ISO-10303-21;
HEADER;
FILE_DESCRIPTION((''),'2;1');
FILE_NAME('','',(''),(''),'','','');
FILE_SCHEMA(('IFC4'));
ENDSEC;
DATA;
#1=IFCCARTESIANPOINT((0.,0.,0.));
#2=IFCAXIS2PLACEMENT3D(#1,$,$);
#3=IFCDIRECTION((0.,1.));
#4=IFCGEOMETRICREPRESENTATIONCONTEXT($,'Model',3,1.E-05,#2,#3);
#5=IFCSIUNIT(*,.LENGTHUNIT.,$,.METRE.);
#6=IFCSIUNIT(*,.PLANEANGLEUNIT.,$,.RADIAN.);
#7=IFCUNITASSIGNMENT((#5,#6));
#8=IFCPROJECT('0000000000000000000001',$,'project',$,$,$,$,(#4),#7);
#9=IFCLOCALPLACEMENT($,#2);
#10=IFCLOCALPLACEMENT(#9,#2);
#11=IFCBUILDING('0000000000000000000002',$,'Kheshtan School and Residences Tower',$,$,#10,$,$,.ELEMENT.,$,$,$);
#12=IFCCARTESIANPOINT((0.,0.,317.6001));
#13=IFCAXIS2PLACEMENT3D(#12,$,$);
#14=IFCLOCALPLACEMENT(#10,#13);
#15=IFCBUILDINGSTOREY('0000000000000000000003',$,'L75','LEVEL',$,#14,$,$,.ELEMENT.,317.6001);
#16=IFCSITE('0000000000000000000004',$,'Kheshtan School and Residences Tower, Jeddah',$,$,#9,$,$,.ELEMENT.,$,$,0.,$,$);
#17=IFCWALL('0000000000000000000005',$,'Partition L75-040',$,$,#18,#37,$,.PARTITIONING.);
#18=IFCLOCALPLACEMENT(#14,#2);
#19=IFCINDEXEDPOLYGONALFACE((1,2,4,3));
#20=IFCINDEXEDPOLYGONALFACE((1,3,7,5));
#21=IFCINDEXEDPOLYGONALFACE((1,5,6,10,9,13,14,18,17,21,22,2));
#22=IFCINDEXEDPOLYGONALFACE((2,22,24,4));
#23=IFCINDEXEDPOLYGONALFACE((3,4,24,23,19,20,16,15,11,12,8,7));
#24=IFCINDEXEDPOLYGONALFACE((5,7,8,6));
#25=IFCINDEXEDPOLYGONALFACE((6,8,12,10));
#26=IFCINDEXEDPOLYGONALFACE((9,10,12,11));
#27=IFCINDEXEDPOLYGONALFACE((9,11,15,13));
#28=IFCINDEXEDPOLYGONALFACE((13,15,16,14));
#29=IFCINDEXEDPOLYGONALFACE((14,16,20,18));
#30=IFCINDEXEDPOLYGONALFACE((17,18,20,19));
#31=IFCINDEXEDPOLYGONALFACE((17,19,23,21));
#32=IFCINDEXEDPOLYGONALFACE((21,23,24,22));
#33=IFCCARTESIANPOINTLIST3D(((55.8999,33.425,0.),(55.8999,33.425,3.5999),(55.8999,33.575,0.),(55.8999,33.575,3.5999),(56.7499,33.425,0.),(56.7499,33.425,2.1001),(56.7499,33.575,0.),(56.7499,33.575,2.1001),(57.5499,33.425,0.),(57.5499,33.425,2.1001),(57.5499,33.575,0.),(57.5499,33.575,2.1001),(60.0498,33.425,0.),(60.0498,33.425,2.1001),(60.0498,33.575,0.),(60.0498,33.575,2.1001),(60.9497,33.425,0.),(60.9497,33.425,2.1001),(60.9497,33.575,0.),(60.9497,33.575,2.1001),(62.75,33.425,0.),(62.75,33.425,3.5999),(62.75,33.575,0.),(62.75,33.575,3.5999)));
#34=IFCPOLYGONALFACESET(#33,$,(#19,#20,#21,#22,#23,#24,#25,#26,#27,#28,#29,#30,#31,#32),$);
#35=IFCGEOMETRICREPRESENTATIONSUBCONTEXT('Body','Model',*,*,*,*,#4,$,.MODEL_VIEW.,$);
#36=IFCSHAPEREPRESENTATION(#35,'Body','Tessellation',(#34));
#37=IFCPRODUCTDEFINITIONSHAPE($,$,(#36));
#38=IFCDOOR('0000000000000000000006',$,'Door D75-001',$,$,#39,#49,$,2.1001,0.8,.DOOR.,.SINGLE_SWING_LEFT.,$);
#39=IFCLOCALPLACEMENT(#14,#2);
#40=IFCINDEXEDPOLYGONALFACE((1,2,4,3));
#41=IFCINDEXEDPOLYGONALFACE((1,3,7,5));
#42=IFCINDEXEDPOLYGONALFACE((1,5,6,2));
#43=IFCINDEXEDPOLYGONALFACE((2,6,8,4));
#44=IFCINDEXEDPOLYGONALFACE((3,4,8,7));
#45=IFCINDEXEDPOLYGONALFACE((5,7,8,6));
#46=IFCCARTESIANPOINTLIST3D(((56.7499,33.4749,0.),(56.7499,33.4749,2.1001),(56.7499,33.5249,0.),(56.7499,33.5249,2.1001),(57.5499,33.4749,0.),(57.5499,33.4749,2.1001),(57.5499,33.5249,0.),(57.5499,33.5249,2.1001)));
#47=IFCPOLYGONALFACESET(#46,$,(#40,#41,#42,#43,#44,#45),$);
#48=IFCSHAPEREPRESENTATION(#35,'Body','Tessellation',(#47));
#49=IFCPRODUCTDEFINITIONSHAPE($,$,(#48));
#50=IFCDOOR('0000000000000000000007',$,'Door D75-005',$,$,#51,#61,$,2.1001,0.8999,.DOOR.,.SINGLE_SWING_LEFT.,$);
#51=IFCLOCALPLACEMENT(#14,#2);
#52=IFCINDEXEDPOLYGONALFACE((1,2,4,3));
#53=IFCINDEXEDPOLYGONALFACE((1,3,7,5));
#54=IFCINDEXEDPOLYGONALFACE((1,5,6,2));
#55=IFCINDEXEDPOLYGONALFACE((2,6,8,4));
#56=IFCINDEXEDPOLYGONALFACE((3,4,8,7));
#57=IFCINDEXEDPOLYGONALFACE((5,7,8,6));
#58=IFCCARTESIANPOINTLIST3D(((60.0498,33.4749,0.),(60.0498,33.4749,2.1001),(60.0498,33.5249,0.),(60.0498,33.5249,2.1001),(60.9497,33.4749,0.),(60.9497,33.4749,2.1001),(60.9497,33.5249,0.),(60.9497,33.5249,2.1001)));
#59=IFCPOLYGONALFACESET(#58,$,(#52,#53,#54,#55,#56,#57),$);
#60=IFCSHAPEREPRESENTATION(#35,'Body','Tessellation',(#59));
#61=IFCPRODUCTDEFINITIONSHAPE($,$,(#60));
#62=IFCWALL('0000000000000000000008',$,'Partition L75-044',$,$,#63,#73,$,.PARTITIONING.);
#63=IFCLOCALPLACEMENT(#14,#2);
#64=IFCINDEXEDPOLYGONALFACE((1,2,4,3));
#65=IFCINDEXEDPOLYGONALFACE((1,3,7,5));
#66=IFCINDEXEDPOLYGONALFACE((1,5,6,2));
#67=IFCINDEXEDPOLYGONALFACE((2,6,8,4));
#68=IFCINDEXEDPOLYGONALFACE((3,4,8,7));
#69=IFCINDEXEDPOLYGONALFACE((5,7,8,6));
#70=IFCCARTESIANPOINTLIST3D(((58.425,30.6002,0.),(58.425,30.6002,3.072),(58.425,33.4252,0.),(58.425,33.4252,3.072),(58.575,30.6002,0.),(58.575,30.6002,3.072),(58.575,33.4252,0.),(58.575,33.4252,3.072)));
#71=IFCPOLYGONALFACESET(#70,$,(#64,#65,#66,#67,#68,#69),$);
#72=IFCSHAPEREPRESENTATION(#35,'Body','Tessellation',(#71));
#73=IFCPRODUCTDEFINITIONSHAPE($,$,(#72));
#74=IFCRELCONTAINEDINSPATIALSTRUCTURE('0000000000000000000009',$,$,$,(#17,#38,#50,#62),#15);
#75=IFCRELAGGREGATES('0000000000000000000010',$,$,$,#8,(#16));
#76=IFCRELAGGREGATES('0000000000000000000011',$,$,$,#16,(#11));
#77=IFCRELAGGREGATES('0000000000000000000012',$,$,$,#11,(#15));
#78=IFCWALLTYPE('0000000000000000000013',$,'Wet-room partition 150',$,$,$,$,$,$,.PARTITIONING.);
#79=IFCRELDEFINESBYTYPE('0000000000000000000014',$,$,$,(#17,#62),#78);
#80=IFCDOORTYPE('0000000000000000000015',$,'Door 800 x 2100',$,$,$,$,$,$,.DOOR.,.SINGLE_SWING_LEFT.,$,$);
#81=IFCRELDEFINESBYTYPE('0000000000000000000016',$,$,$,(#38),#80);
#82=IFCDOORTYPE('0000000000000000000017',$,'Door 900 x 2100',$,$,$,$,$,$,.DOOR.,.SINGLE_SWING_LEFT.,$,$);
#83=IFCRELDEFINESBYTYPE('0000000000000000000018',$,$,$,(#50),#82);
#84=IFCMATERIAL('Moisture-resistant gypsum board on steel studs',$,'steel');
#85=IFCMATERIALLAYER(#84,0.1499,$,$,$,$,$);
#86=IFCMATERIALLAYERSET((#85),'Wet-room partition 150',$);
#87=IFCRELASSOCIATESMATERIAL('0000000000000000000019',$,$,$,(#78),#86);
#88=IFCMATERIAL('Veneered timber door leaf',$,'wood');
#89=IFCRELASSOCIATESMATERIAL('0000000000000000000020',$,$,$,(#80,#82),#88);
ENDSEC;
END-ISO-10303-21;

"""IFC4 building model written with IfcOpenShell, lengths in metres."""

from ifc_helpers import new_model, si_unit, direction, frame, frame_2d, origin, place, context, subcontext, project, spatial, rectangle, extrude, source, transform, mapped, material, layer, layer_set, type_object, element, fill, save


model = new_model("IFC4")

# Units and contexts
model_context = context("Model", 3, precision=1e-05, world=origin(), true_north=direction((0.0, 1.0)))
body_context = subcontext(model_context, "Body", "Model", "MODEL_VIEW")
ifc_project = project(units=[si_unit("LENGTHUNIT", "METRE"), si_unit("PLANEANGLEUNIT", "RADIAN")], contexts=[model_context])

# Site, building, storey
site_placement = place(None, origin())
site = spatial("IfcSite", under=ifc_project, at=site_placement, Name="Kheshtan School and Residences Tower, Jeddah", CompositionType="ELEMENT", RefElevation=0.0)
building_placement = place(site_placement, origin())
building = spatial("IfcBuilding", under=site, at=building_placement, Name="Kheshtan School and Residences Tower", CompositionType="ELEMENT")
storey_placement = place(building_placement, frame((0.0, 0.0, 317.6001)))
storey = spatial("IfcBuildingStorey", under=building, at=storey_placement, Name="L75", Description="LEVEL", CompositionType="ELEMENT", Elevation=317.6001)

# Wall, openings, doors
ifc_material_1 = material(Name="Moisture-resistant gypsum board on steel studs", Category="steel")
ifc_layer_1 = layer(ifc_material_1, 0.1499)
ifc_layer_set_1 = layer_set([ifc_layer_1], Name="Wet-room partition 150")
wall_type_1 = type_object("IfcWallType", Name="Wet-room partition 150", PredefinedType="PARTITIONING", material=ifc_layer_set_1)
wall_1_placement = place(storey_placement, frame((55.8999, 33.5, 0.0), z_axis=(0.0, 0.0, 1.0), x_axis=(1.0, 0.0, 0.0)))
wall_1 = element("IfcWall", 1, at=wall_1_placement, inside=storey, type_object=wall_type_1, Name="Partition L75-040", PredefinedType="PARTITIONING", context=body_context, shape_type="SweptSolid", body=[
    extrude(rectangle(XDim=6.8501, YDim=0.1499, at=frame_2d((3.425, 0.0))), origin(), (0.0, 0.0, 1.0), 3.5999),
])
opening_1_placement = place(wall_1_placement, frame((0.8501, 0.0, 0.0)))
opening_1 = element("IfcOpeningElement", 2, at=opening_1_placement, cuts=wall_1, PredefinedType="OPENING", context=body_context, shape_type="SweptSolid", body=[
    extrude(rectangle(XDim=0.8, YDim=2.1001, at=frame_2d((0.3999, 1.05))), frame((0.0, 0.085, 0.0), z_axis=(0.0, -1.0, 0.0), x_axis=(1.0, 0.0, 0.0)), (0.0, 0.0, 1.0), 0.1699),
])
opening_2_placement = place(wall_1_placement, frame((4.1499, 0.0, 0.0)))
opening_2 = element("IfcOpeningElement", 3, at=opening_2_placement, cuts=wall_1, PredefinedType="OPENING", context=body_context, shape_type="SweptSolid", body=[
    extrude(rectangle(XDim=0.8999, YDim=2.1001, at=frame_2d((0.45, 1.05))), frame((0.0, 0.085, 0.0), z_axis=(0.0, -1.0, 0.0), x_axis=(1.0, 0.0, 0.0)), (0.0, 0.0, 1.0), 0.1699),
])
ifc_material_2 = material(Name="Veneered timber door leaf", Category="wood")
door_type_1 = type_object("IfcDoorType", Name="Door 800 x 2100", OperationType="SINGLE_SWING_LEFT", PredefinedType="DOOR", material=ifc_material_2)
shared_shape_1 = source(origin(), body_context, "Body", "SweptSolid", [
    extrude(rectangle(XDim=0.8, YDim=2.1001, at=frame_2d((0.3999, 1.05))), frame((0.0, 0.0249, 0.0), z_axis=(0.0, -1.0, 0.0), x_axis=(1.0, 0.0, 0.0)), (0.0, 0.0, 1.0), 0.05),
])
door_1_placement = place(opening_1_placement, origin())
door_1 = element("IfcDoor", 4, at=door_1_placement, inside=storey, type_object=door_type_1, Name="Door D75-001", OperationType="SINGLE_SWING_LEFT", OverallHeight=2.1001, OverallWidth=0.8, PredefinedType="DOOR", context=body_context, shape_type="MappedRepresentation", body=[
    mapped(shared_shape_1, transform((0.0, 0.0, 0.0), x_axis=(1.0, 0.0, 0.0), y_axis=(0.0, 1.0, 0.0), z_axis=(0.0, 0.0, 1.0), scale=1.0)),
])
fill(opening_1, door_1)
door_type_2 = type_object("IfcDoorType", Name="Door 900 x 2100", OperationType="SINGLE_SWING_LEFT", PredefinedType="DOOR", material=ifc_material_2)
shared_shape_2 = source(origin(), body_context, "Body", "SweptSolid", [
    extrude(rectangle(XDim=0.8999, YDim=2.1001, at=frame_2d((0.45, 1.05))), frame((0.0, 0.0249, 0.0), z_axis=(0.0, -1.0, 0.0), x_axis=(1.0, 0.0, 0.0)), (0.0, 0.0, 1.0), 0.05),
])
door_2_placement = place(opening_2_placement, origin())
door_2 = element("IfcDoor", 5, at=door_2_placement, inside=storey, type_object=door_type_2, Name="Door D75-005", OperationType="SINGLE_SWING_LEFT", OverallHeight=2.1001, OverallWidth=0.8999, PredefinedType="DOOR", context=body_context, shape_type="MappedRepresentation", body=[
    mapped(shared_shape_2, transform((0.0, 0.0, 0.0), x_axis=(1.0, 0.0, 0.0), y_axis=(0.0, 1.0, 0.0), z_axis=(0.0, 0.0, 1.0), scale=1.0)),
])
fill(opening_2, door_2)

# Wall
wall_2_placement = place(storey_placement, frame((58.5, 30.6001, 0.0), z_axis=(0.0, 0.0, 1.0), x_axis=(0.0, 1.0, 0.0)))
element("IfcWall", 6, at=wall_2_placement, inside=storey, type_object=wall_type_1, Name="Partition L75-044", PredefinedType="PARTITIONING", context=body_context, shape_type="SweptSolid", body=[
    extrude(rectangle(XDim=2.825, YDim=0.1499, at=frame_2d((1.4126, 0.0))), origin(), (0.0, 0.0, 1.0), 3.072),
])

save(model, "model.ifc")
